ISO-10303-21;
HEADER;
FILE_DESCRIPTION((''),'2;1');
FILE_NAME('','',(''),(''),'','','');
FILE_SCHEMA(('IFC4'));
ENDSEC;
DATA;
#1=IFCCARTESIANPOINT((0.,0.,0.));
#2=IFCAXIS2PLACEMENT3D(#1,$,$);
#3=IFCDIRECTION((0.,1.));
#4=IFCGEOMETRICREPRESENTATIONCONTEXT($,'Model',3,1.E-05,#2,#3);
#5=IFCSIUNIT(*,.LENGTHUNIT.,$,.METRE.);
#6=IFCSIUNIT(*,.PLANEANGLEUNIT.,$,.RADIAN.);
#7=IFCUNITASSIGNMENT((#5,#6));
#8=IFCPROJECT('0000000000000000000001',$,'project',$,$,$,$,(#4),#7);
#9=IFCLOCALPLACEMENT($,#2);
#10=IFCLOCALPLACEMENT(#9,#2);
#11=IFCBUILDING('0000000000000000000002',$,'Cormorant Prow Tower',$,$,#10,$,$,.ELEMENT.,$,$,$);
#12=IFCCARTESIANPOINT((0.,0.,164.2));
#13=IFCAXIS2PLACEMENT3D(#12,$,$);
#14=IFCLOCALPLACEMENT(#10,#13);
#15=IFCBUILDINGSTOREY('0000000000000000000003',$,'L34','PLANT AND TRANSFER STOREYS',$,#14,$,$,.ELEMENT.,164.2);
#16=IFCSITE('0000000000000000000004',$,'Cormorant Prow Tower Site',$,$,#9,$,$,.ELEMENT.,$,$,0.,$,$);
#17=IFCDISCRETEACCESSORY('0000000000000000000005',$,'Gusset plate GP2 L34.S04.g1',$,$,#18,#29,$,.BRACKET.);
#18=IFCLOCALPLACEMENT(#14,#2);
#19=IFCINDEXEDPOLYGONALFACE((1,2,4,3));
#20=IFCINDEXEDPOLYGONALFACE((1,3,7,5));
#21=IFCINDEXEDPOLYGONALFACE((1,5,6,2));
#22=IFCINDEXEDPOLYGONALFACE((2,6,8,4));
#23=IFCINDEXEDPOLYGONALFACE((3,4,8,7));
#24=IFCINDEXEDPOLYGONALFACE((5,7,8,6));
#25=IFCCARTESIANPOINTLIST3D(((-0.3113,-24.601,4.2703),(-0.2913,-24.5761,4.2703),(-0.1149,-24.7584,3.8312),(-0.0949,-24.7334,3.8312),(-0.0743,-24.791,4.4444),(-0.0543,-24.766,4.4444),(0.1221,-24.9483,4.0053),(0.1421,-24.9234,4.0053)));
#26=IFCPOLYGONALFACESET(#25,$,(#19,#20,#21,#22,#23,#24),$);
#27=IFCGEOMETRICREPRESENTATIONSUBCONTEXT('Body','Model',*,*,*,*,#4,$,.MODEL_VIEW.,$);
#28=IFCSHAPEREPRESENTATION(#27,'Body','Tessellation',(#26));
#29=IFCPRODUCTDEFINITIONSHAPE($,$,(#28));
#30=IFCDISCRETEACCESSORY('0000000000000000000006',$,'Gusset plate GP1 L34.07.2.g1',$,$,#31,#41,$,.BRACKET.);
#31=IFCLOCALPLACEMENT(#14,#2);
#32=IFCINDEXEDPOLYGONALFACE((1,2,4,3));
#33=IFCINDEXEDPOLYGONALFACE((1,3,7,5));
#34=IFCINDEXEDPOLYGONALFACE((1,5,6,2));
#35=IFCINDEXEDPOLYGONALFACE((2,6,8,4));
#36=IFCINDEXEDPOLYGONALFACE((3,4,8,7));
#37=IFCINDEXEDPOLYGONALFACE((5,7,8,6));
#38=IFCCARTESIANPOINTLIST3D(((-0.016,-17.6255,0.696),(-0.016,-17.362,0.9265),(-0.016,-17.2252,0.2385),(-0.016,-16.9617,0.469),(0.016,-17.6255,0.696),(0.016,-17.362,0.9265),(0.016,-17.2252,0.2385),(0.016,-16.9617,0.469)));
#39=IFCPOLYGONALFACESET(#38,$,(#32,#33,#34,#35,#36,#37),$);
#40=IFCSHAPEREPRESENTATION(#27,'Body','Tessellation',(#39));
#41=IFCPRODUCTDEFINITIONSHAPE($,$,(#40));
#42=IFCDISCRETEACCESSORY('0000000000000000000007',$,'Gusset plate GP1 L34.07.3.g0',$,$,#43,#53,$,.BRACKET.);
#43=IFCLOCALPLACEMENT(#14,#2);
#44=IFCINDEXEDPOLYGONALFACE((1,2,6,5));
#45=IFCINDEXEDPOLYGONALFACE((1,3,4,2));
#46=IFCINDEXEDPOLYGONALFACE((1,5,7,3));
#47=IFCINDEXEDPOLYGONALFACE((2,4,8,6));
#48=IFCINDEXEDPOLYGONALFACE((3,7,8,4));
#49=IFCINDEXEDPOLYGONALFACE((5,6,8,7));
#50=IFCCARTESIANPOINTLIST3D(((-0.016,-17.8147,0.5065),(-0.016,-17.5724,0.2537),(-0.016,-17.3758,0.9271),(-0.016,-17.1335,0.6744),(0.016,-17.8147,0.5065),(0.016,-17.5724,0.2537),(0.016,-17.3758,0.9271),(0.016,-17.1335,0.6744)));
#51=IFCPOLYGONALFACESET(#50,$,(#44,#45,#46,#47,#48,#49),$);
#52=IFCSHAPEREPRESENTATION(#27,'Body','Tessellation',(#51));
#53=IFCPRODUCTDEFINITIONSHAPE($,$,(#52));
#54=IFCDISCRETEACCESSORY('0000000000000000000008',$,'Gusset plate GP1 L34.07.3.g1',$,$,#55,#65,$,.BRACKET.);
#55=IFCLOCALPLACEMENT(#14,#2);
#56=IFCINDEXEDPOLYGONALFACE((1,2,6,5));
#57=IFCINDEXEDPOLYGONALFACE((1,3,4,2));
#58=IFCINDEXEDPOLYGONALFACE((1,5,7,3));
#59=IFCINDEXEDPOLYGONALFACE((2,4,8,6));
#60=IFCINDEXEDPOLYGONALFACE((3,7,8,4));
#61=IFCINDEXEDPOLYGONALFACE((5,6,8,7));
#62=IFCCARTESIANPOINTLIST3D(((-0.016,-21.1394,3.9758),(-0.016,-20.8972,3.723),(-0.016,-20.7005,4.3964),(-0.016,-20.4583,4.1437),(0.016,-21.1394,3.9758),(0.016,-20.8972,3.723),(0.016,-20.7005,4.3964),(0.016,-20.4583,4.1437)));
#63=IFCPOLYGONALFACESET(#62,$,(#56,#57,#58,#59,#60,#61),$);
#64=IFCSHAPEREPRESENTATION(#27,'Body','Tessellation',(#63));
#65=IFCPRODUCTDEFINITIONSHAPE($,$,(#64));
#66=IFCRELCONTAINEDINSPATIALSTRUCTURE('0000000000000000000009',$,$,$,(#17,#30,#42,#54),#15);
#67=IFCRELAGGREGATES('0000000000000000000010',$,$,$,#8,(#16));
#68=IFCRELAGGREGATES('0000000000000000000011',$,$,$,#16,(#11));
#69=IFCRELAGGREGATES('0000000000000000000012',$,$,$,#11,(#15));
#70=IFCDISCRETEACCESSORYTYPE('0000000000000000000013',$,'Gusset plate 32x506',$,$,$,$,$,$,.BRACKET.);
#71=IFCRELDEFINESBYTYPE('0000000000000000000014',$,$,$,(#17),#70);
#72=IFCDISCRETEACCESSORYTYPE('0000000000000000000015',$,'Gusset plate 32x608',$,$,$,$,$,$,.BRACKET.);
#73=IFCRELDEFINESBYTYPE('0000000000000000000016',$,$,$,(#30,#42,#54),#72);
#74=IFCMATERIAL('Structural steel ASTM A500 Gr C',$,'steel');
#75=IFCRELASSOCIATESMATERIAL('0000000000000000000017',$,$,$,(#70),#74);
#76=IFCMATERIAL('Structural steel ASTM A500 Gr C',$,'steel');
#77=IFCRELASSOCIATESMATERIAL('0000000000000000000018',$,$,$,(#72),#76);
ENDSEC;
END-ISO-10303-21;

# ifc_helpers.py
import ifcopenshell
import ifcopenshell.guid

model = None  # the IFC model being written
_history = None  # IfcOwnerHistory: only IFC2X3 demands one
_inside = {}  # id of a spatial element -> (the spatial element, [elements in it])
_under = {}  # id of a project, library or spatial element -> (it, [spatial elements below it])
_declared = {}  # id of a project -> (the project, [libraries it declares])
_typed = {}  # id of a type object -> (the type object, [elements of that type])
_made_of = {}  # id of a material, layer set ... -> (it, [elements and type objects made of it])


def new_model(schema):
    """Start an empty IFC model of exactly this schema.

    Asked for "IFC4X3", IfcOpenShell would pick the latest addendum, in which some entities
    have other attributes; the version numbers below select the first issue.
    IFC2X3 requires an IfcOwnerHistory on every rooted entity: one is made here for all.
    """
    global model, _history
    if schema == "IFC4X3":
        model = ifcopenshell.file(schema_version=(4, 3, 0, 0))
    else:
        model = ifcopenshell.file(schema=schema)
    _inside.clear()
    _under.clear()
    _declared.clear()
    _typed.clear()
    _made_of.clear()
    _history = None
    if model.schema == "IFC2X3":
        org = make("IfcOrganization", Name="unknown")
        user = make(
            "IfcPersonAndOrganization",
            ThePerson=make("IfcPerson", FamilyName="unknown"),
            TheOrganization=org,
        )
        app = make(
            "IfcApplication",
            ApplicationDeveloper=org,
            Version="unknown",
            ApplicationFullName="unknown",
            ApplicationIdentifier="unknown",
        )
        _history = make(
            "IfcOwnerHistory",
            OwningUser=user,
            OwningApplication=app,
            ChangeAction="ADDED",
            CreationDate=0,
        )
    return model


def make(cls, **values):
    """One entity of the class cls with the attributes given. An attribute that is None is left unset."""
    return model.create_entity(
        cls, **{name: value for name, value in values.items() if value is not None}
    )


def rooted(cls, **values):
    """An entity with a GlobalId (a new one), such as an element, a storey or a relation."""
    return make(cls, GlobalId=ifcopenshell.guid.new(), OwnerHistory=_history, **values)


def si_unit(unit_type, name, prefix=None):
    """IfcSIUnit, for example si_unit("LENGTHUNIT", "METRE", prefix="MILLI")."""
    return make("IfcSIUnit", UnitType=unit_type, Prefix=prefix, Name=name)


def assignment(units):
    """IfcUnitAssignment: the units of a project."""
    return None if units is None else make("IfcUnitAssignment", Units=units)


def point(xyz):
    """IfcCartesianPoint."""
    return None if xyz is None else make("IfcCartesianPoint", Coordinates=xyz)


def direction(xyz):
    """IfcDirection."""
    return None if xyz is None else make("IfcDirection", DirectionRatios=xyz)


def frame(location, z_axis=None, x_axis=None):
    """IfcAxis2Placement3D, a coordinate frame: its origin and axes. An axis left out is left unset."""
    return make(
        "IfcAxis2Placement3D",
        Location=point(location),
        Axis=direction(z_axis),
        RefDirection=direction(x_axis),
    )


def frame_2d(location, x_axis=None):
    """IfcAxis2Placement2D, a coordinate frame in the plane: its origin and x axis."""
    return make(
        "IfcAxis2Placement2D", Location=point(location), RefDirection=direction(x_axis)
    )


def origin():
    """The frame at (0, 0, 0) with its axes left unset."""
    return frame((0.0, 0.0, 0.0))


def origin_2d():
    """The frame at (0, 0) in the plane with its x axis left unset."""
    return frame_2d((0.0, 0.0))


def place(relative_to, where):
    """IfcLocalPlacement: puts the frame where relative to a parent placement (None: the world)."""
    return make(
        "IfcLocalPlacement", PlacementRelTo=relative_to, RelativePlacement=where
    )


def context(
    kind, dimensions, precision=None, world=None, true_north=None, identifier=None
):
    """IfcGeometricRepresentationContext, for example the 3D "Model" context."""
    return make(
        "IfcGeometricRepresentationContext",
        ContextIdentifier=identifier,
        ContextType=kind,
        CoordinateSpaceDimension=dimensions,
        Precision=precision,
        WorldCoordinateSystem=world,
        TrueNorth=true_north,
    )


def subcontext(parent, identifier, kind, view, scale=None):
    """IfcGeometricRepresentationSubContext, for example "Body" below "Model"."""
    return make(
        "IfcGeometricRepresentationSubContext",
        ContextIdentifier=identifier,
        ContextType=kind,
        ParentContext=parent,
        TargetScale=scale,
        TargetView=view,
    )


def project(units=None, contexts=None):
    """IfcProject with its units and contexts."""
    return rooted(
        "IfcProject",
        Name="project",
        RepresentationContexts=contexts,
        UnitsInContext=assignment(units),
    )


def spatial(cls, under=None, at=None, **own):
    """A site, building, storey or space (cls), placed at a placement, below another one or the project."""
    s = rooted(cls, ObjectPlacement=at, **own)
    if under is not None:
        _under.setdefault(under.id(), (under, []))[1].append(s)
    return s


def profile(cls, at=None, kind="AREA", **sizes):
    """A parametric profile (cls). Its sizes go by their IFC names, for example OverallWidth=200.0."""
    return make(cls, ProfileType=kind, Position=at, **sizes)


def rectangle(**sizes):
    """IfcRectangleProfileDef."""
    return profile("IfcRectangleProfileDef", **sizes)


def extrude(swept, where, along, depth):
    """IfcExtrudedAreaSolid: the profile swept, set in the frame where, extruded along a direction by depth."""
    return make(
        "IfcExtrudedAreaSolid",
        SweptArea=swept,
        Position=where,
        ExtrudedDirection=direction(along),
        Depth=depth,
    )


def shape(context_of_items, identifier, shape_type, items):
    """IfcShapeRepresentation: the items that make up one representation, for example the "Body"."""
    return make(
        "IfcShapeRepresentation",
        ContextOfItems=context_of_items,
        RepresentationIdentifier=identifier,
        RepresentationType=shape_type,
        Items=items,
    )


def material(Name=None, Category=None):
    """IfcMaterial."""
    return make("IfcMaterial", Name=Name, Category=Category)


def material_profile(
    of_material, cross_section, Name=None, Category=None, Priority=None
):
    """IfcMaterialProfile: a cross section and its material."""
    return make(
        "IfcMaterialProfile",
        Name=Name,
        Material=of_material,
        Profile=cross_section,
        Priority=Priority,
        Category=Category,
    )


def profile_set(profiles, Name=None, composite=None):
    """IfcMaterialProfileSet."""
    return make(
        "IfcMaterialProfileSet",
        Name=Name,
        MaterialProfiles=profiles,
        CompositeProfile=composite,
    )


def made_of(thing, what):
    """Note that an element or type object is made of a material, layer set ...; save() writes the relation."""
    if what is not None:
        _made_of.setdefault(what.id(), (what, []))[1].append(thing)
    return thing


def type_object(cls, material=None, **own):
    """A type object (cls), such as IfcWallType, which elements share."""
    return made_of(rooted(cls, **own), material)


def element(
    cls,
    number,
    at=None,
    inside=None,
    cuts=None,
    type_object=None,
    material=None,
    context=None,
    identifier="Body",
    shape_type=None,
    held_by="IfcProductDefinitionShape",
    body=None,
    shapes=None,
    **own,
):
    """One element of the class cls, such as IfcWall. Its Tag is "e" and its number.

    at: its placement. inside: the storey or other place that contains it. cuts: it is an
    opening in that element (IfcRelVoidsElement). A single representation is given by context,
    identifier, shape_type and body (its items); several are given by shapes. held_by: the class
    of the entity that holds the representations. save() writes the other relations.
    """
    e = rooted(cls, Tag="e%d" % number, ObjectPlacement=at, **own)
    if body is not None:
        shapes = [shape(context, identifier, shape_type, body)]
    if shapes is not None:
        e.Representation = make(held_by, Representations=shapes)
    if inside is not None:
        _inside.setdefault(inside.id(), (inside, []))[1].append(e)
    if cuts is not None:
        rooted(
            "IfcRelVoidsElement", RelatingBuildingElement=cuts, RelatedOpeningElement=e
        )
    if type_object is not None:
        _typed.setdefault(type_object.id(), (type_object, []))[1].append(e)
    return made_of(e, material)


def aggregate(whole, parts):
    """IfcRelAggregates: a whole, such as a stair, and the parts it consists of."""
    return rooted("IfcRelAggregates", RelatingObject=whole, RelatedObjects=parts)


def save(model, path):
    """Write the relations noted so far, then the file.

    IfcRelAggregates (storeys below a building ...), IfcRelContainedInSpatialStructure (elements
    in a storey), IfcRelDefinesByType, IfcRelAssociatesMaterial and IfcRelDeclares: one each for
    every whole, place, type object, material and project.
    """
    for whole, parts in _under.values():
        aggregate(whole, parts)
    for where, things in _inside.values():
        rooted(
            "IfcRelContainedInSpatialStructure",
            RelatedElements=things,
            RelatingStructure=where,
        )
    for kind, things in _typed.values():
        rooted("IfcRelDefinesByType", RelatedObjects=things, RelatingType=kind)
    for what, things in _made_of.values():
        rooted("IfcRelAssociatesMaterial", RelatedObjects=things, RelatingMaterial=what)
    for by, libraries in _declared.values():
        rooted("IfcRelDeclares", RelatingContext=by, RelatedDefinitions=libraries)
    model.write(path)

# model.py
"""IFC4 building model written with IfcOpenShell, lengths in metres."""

from ifc_helpers import new_model, si_unit, direction, frame, origin, origin_2d, place, context, subcontext, project, spatial, rectangle, extrude, material, material_profile, profile_set, type_object, element, save


model = new_model("IFC4")

# Units and contexts
model_context = context("Model", 3, precision=1e-05, world=origin(), true_north=direction((0.0, 1.0)))
body_context = subcontext(model_context, "Body", "Model", "MODEL_VIEW")
ifc_project = project(units=[si_unit("LENGTHUNIT", "METRE"), si_unit("PLANEANGLEUNIT", "RADIAN")], contexts=[model_context])

# Site, building, storey
site_placement = place(None, origin())
site = spatial("IfcSite", under=ifc_project, at=site_placement, Name="Cormorant Prow Tower Site", CompositionType="ELEMENT", RefElevation=0.0)
building_placement = place(site_placement, origin())
building = spatial("IfcBuilding", under=site, at=building_placement, Name="Cormorant Prow Tower", CompositionType="ELEMENT")
storey_placement = place(building_placement, frame((0.0, 0.0, 164.2)))
storey = spatial("IfcBuildingStorey", under=building, at=storey_placement, Name="L34", Description="PLANT AND TRANSFER STOREYS", CompositionType="ELEMENT", Elevation=164.2)

# Discrete accessories
ifc_material_1 = material(Name="Structural steel ASTM A500 Gr C", Category="steel")
ifc_material_profile_1 = material_profile(ifc_material_1, rectangle(XDim=0.032, YDim=0.5061, at=origin_2d()), Name="Gusset plate 32x506")
ifc_profile_set_1 = profile_set([ifc_material_profile_1], Name="Structural steel ASTM A500 Gr C")
discrete_accessory_type_1 = type_object("IfcDiscreteAccessoryType", Name="Gusset plate 32x506", PredefinedType="BRACKET", material=ifc_profile_set_1)
for number, where, z_axis, x_axis, name in (
    (1, (-0.2031, -24.6672, 4.0508), (0.677104, -0.54252, 0.497194), (0.625283, 0.780398, 0.0), "Gusset plate GP2 L34.S04.g1"),
):
    element("IfcDiscreteAccessory", number, at=place(storey_placement, frame(where, z_axis=z_axis, x_axis=x_axis)), inside=storey, type_object=discrete_accessory_type_1, Name=name, PredefinedType="BRACKET", context=body_context, shape_type="SweptSolid", body=[
        extrude(rectangle(XDim=0.032, YDim=0.5061, at=origin_2d()), origin(), (0.0, 0.0, 1.0), 0.3501),
    ])
ifc_material_2 = material(Name="Structural steel ASTM A500 Gr C", Category="steel")
ifc_material_profile_2 = material_profile(ifc_material_2, rectangle(XDim=0.032, YDim=0.6079, at=origin_2d()), Name="Gusset plate 32x608")
ifc_profile_set_2 = profile_set([ifc_material_profile_2], Name="Structural steel ASTM A500 Gr C")
discrete_accessory_type_2 = type_object("IfcDiscreteAccessoryType", Name="Gusset plate 32x608", PredefinedType="BRACKET", material=ifc_profile_set_2)
for number, where, z_axis, x_axis, name in (
    (2, (0.0, -17.1619, 0.6978), (0.0, -0.75262, -0.658455), (1.0, 0.0, 0.0), "Gusset plate GP1 L34.07.2.g1"),
    (3, (0.0, -17.5952, 0.7168), (0.0, 0.691951, -0.721945), (-1.0, 0.0, 0.0), "Gusset plate GP1 L34.07.3.g0"),
    (4, (0.0, -20.6777, 3.9333), (0.0, -0.691951, 0.721945), (1.0, 0.0, 0.0), "Gusset plate GP1 L34.07.3.g1"),
):
    element("IfcDiscreteAccessory", number, at=place(storey_placement, frame(where, z_axis=z_axis, x_axis=x_axis)), inside=storey, type_object=discrete_accessory_type_2, Name=name, PredefinedType="BRACKET", context=body_context, shape_type="SweptSolid", body=[
        extrude(rectangle(XDim=0.032, YDim=0.6079, at=origin_2d()), origin(), (0.0, 0.0, 1.0), 0.3501),
    ])

save(model, "model.ifc")
